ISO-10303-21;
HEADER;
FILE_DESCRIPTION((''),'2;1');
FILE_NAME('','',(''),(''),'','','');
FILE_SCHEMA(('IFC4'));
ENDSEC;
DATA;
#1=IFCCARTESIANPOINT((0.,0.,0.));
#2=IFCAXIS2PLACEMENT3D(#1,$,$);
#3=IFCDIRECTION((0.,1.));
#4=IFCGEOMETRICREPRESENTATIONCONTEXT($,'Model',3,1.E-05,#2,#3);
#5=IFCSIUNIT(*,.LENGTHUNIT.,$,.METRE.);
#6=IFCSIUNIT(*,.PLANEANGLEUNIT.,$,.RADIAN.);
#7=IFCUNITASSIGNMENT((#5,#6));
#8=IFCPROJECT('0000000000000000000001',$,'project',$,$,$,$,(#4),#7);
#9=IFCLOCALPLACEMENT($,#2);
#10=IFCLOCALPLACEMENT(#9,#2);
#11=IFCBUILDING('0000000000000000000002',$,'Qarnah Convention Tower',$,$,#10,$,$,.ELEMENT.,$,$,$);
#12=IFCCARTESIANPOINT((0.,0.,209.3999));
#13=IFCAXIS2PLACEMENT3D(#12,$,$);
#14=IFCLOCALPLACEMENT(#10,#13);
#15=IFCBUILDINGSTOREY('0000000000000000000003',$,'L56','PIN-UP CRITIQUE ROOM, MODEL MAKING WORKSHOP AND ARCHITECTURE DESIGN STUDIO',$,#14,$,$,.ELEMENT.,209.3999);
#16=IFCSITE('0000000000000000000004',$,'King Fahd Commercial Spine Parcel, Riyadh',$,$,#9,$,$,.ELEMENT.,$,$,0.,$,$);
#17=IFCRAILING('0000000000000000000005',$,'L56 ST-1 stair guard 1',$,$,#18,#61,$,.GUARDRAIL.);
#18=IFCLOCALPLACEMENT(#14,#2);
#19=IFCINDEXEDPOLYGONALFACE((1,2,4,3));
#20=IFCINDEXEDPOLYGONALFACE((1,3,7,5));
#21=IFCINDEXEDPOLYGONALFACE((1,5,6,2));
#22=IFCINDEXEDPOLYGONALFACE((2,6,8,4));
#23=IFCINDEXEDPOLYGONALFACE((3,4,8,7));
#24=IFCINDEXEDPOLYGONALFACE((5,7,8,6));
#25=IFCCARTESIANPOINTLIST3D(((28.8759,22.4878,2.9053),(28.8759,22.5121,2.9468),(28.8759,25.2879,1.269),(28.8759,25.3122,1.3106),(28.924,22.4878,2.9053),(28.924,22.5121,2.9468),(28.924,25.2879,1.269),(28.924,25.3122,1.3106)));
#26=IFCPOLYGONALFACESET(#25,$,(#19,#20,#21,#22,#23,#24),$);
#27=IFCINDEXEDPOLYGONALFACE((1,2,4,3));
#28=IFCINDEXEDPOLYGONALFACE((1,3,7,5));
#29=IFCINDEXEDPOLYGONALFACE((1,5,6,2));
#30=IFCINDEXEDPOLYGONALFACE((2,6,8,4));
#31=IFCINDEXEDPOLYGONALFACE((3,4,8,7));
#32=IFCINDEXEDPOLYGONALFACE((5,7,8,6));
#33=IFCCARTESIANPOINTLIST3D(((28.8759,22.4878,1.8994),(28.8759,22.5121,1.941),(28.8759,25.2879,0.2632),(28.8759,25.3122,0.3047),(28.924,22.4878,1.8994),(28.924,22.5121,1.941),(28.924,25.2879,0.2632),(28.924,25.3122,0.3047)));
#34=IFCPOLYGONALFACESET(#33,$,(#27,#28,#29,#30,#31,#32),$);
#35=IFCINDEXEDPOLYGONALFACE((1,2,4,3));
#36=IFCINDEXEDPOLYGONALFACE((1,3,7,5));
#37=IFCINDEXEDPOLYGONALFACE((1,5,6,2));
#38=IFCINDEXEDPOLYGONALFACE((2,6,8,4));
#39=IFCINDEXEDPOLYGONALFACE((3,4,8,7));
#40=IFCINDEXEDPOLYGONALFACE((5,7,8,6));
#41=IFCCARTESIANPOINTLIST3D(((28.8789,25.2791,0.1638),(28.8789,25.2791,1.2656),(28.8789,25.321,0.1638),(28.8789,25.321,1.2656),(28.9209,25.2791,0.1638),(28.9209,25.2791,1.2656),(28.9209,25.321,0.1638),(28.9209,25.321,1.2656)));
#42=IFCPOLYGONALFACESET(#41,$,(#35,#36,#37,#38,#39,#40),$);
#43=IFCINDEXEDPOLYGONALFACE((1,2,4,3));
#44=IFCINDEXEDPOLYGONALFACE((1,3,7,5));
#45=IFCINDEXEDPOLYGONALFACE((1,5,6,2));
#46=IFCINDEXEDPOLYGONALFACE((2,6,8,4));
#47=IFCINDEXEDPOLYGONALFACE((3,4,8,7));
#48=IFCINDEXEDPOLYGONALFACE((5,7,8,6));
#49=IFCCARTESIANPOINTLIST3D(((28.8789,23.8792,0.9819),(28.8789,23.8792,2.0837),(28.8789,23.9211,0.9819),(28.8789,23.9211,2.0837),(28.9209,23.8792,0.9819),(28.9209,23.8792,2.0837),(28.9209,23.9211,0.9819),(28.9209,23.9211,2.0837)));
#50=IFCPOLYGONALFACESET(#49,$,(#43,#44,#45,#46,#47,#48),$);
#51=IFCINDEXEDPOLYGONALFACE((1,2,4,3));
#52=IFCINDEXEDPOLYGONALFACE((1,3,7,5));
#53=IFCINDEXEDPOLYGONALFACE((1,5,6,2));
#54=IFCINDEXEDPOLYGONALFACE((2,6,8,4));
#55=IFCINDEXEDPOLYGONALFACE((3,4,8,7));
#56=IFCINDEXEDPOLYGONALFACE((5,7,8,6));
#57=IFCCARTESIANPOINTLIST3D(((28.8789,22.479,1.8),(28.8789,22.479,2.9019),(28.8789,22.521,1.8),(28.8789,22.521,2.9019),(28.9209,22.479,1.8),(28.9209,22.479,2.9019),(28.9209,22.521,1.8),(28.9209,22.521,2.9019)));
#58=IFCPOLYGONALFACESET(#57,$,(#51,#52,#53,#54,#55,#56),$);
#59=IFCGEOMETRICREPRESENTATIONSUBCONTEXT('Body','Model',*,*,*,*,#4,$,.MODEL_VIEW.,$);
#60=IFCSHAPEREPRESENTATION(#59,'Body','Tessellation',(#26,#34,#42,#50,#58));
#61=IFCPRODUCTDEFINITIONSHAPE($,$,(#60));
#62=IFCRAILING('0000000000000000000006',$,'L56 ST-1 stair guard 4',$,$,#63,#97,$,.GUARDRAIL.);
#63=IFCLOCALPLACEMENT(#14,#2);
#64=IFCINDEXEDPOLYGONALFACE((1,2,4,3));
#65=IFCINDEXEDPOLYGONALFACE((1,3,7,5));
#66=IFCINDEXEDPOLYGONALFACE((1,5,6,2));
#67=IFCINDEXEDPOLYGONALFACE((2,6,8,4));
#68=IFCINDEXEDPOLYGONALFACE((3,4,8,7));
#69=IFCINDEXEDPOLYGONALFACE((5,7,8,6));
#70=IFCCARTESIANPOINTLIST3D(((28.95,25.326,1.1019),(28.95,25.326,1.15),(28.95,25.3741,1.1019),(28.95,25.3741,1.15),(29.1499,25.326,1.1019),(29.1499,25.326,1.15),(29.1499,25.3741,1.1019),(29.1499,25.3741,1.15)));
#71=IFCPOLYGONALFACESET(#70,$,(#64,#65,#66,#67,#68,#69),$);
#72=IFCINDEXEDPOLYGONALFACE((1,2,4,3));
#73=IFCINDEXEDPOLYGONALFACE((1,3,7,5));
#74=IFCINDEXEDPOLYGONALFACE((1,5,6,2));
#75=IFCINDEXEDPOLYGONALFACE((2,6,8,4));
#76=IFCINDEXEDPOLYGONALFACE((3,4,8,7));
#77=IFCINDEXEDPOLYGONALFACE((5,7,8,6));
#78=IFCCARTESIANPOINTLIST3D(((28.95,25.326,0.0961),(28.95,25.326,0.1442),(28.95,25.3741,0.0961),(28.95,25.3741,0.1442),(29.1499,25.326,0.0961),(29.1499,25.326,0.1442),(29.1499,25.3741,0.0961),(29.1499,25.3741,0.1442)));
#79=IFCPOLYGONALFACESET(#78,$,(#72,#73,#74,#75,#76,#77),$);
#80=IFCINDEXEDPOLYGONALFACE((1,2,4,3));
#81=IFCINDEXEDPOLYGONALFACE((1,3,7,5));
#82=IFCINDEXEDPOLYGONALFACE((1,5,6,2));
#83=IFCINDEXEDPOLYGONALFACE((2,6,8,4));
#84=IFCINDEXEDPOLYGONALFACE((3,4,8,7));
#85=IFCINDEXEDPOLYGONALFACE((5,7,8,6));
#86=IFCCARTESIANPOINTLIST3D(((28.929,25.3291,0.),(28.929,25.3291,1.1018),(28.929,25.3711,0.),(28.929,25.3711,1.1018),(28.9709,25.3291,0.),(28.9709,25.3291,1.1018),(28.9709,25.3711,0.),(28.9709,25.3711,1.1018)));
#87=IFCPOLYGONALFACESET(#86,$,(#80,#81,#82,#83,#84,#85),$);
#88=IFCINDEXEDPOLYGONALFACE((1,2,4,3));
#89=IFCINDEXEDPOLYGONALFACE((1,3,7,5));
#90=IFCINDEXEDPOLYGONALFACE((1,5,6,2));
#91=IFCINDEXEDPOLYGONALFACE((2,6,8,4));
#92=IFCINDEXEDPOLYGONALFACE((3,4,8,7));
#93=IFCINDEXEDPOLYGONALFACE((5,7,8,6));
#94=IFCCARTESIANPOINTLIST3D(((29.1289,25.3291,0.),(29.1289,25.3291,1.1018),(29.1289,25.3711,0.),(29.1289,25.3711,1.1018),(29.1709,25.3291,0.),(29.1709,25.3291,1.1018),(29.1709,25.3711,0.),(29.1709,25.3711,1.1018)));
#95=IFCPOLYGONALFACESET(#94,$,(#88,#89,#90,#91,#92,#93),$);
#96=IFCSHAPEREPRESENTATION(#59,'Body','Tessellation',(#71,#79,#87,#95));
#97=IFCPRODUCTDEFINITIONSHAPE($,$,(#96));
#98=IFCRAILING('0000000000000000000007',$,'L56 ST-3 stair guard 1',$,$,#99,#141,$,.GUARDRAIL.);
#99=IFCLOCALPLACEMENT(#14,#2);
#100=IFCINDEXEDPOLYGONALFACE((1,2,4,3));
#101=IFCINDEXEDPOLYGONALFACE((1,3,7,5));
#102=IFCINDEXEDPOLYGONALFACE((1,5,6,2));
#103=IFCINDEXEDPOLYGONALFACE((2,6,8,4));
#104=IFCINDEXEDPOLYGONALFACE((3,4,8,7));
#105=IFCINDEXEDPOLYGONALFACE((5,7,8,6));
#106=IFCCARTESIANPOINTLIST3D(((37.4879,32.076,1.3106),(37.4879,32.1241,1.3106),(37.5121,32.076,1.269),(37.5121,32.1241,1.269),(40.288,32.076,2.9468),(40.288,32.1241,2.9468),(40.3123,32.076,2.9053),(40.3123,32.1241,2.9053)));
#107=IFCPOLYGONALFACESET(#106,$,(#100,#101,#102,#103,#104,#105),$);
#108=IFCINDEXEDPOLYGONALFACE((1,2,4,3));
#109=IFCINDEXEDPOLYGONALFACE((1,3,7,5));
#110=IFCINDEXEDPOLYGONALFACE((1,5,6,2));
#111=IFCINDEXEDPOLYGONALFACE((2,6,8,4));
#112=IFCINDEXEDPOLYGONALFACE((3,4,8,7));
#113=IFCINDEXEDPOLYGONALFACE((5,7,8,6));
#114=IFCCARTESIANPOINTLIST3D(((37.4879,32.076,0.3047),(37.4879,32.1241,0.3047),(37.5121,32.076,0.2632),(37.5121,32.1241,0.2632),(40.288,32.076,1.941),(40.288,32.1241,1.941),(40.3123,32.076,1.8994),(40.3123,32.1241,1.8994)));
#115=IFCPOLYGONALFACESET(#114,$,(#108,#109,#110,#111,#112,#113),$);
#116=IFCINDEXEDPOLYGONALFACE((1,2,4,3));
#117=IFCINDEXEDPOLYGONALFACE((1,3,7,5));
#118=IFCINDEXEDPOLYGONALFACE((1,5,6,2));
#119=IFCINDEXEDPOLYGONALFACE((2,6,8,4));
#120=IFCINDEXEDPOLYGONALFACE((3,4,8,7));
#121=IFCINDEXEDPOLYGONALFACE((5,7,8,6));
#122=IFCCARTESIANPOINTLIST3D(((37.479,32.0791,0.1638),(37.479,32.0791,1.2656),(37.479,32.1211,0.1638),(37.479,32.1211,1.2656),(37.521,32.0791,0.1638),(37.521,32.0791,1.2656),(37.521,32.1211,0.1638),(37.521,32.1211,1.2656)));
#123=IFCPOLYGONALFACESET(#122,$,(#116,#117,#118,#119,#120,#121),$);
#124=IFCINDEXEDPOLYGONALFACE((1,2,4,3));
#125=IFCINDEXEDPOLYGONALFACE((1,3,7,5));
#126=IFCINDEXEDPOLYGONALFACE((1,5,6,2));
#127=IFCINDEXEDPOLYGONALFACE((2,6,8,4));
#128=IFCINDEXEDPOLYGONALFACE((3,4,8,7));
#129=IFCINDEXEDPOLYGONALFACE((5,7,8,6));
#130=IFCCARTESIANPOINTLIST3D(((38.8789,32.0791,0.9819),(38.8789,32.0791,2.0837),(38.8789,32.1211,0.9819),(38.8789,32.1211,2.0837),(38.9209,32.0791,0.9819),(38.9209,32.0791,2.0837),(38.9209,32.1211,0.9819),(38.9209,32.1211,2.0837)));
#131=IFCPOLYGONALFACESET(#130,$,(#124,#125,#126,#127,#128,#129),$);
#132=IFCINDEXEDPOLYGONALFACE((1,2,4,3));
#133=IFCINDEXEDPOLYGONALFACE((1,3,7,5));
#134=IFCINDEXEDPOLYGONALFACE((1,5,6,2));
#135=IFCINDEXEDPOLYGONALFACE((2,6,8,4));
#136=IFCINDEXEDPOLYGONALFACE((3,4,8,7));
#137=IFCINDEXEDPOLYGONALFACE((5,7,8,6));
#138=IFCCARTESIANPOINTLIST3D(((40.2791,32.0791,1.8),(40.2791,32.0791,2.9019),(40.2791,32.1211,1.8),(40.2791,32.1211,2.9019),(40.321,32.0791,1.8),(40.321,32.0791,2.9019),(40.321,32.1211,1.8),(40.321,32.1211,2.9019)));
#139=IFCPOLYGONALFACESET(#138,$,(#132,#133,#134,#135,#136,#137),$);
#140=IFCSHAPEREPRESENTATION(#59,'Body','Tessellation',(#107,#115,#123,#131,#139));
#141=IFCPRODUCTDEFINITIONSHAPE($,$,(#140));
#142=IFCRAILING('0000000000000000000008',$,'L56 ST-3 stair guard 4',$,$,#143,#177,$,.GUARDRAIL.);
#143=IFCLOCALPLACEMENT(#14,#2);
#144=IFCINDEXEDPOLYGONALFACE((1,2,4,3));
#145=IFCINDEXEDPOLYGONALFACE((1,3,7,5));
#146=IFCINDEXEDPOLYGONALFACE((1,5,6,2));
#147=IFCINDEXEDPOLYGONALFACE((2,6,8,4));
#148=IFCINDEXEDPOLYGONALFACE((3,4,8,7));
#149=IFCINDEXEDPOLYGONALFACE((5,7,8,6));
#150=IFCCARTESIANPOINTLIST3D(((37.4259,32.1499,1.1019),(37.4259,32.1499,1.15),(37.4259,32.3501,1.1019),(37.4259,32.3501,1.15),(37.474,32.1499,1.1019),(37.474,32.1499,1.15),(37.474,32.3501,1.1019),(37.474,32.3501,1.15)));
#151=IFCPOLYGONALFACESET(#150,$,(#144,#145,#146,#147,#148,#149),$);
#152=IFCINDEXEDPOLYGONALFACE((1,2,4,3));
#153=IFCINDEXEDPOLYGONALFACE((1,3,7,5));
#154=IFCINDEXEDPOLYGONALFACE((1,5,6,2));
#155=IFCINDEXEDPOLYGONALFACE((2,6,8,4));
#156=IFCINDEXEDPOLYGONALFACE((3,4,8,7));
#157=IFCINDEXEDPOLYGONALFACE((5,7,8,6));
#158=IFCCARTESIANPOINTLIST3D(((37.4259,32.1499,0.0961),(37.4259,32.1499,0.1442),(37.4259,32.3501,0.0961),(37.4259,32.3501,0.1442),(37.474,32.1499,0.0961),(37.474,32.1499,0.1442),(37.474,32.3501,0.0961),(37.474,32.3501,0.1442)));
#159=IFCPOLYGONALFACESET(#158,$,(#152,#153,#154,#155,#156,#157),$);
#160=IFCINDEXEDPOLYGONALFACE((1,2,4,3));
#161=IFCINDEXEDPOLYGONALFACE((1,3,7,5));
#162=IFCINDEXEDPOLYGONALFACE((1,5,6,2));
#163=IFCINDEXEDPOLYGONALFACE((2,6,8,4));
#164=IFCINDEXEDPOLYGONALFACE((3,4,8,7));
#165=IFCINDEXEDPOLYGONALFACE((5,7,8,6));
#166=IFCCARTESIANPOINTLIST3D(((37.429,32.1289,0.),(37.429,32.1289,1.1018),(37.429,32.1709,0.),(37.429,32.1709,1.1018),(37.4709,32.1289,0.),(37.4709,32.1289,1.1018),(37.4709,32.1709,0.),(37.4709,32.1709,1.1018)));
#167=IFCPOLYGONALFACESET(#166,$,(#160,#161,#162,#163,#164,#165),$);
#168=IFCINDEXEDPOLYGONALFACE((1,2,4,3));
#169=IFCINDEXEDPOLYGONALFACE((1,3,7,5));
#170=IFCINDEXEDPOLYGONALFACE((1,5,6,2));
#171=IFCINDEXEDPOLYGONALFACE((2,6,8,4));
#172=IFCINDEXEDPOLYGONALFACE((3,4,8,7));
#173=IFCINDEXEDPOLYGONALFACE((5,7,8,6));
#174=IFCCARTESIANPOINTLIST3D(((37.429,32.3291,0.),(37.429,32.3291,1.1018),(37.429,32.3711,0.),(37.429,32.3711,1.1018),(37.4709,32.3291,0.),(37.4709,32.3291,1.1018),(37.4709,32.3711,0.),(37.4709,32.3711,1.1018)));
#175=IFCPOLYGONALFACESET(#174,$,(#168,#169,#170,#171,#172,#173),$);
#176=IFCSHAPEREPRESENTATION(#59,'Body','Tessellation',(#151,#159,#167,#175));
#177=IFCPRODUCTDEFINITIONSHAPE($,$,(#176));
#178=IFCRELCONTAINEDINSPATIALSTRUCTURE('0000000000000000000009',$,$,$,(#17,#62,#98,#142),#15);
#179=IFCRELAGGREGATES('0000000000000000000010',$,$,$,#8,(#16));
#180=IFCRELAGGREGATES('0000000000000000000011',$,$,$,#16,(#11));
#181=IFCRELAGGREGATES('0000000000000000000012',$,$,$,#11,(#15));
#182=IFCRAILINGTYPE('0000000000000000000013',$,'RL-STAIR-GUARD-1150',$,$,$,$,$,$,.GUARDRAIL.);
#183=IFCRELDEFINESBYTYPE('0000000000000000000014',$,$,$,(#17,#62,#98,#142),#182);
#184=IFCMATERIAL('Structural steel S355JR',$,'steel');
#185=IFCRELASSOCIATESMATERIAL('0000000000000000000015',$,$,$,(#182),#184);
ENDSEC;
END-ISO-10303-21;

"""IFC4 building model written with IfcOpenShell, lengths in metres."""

from ifc_helpers import new_model, si_unit, direction, frame, origin, origin_2d, place, context, subcontext, project, spatial, rectangle, extrude, material, type_object, element, save


model = new_model("IFC4")

# Units and contexts
model_context = context("Model", 3, precision=1e-05, world=origin(), true_north=direction((0.0, 1.0)))
body_context = subcontext(model_context, "Body", "Model", "MODEL_VIEW")
ifc_project = project(units=[si_unit("LENGTHUNIT", "METRE"), si_unit("PLANEANGLEUNIT", "RADIAN")], contexts=[model_context])

# Site, building, storey
site_placement = place(None, origin())
site = spatial("IfcSite", under=ifc_project, at=site_placement, Name="King Fahd Commercial Spine Parcel, Riyadh", CompositionType="ELEMENT", RefElevation=0.0)
building_placement = place(site_placement, origin())
building = spatial("IfcBuilding", under=site, at=building_placement, Name="Qarnah Convention Tower", CompositionType="ELEMENT")
storey_placement = place(building_placement, frame((0.0, 0.0, 209.3999)))
storey = spatial("IfcBuildingStorey", under=building, at=storey_placement, Name="L56", Description="PIN-UP CRITIQUE ROOM, MODEL MAKING WORKSHOP AND ARCHITECTURE DESIGN STUDIO", CompositionType="ELEMENT", Elevation=209.3999)

# Shared definitions
ifc_material_1 = material(Name="Structural steel S355JR", Category="steel")

# Railings
railing_type = type_object("IfcRailingType", Name="RL-STAIR-GUARD-1150", PredefinedType="GUARDRAIL", material=ifc_material_1)
railing_1_placement = place(storey_placement, frame((28.8999, 25.3, 0.1638)))
element("IfcRailing", 1, at=railing_1_placement, inside=storey, type_object=railing_type, Name="L56 ST-1 stair guard 1", PredefinedType="GUARDRAIL", context=body_context, shape_type="SweptSolid", body=[
    extrude(rectangle(XDim=0.0481, YDim=0.0481, at=origin_2d()), frame((0.0, 0.0, 1.126), z_axis=(0.0, -0.863394, 0.504531), x_axis=(1.0, 0.0, 0.0)), (0.0, 0.0, 1.0), 3.2432),
    extrude(rectangle(XDim=0.0481, YDim=0.0481, at=origin_2d()), frame((0.0, 0.0, 0.1201), z_axis=(0.0, -0.863394, 0.504531), x_axis=(1.0, 0.0, 0.0)), (0.0, 0.0, 1.0), 3.2432),
    extrude(rectangle(XDim=0.042, YDim=0.042, at=origin_2d()), origin(), (0.0, 0.0, 1.0), 1.1018),
    extrude(rectangle(XDim=0.042, YDim=0.042, at=origin_2d()), frame((0.0, -1.3999, 0.8181)), (0.0, 0.0, 1.0), 1.1018),
    extrude(rectangle(XDim=0.042, YDim=0.042, at=origin_2d()), frame((0.0, -2.8, 1.6362)), (0.0, 0.0, 1.0), 1.1018),
])
railing_2_placement = place(storey_placement, frame((28.95, 25.3501, 0.0)))
element("IfcRailing", 2, at=railing_2_placement, inside=storey, type_object=railing_type, Name="L56 ST-1 stair guard 4", PredefinedType="GUARDRAIL", context=body_context, shape_type="SweptSolid", body=[
    extrude(rectangle(XDim=0.0481, YDim=0.0481, at=origin_2d()), frame((0.0, 0.0, 1.126), z_axis=(1.0, 0.0, 0.0), x_axis=(0.0, 1.0, 0.0)), (0.0, 0.0, 1.0), 0.2),
    extrude(rectangle(XDim=0.0481, YDim=0.0481, at=origin_2d()), frame((0.0, 0.0, 0.1201), z_axis=(1.0, 0.0, 0.0), x_axis=(0.0, 1.0, 0.0)), (0.0, 0.0, 1.0), 0.2),
    extrude(rectangle(XDim=0.042, YDim=0.042, at=origin_2d()), origin(), (0.0, 0.0, 1.0), 1.1018),
    extrude(rectangle(XDim=0.042, YDim=0.042, at=origin_2d()), frame((0.2, 0.0, 0.0)), (0.0, 0.0, 1.0), 1.1018),
])
railing_3_placement = place(storey_placement, frame((37.5, 32.1001, 0.1638)))
element("IfcRailing", 3, at=railing_3_placement, inside=storey, type_object=railing_type, Name="L56 ST-3 stair guard 1", PredefinedType="GUARDRAIL", context=body_context, shape_type="SweptSolid", body=[
    extrude(rectangle(XDim=0.0481, YDim=0.0481, at=origin_2d()), frame((0.0, 0.0, 1.126), z_axis=(0.863394, 0.0, 0.504531), x_axis=(0.0, 1.0, 0.0)), (0.0, 0.0, 1.0), 3.2432),
    extrude(rectangle(XDim=0.0481, YDim=0.0481, at=origin_2d()), frame((0.0, 0.0, 0.1201), z_axis=(0.863394, 0.0, 0.504531), x_axis=(0.0, 1.0, 0.0)), (0.0, 0.0, 1.0), 3.2432),
    extrude(rectangle(XDim=0.042, YDim=0.042, at=origin_2d()), origin(), (0.0, 0.0, 1.0), 1.1018),
    extrude(rectangle(XDim=0.042, YDim=0.042, at=origin_2d()), frame((1.3999, 0.0, 0.8181)), (0.0, 0.0, 1.0), 1.1018),
    extrude(rectangle(XDim=0.042, YDim=0.042, at=origin_2d()), frame((2.8, 0.0, 1.6362)), (0.0, 0.0, 1.0), 1.1018),
])
railing_4_placement = place(storey_placement, frame((37.45, 32.1499, 0.0)))
element("IfcRailing", 4, at=railing_4_placement, inside=storey, type_object=railing_type, Name="L56 ST-3 stair guard 4", PredefinedType="GUARDRAIL", context=body_context, shape_type="SweptSolid", body=[
    extrude(rectangle(XDim=0.0481, YDim=0.0481, at=origin_2d()), frame((0.0, 0.0, 1.126), z_axis=(0.0, 1.0, 0.0), x_axis=(-1.0, 0.0, 0.0)), (0.0, 0.0, 1.0), 0.2002),
    extrude(rectangle(XDim=0.0481, YDim=0.0481, at=origin_2d()), frame((0.0, 0.0, 0.1201), z_axis=(0.0, 1.0, 0.0), x_axis=(-1.0, 0.0, 0.0)), (0.0, 0.0, 1.0), 0.2002),
    extrude(rectangle(XDim=0.042, YDim=0.042, at=origin_2d()), origin(), (0.0, 0.0, 1.0), 1.1018),
    extrude(rectangle(XDim=0.042, YDim=0.042, at=origin_2d()), frame((0.0, 0.2002, 0.0)), (0.0, 0.0, 1.0), 1.1018),
])

save(model, "model.ifc")
